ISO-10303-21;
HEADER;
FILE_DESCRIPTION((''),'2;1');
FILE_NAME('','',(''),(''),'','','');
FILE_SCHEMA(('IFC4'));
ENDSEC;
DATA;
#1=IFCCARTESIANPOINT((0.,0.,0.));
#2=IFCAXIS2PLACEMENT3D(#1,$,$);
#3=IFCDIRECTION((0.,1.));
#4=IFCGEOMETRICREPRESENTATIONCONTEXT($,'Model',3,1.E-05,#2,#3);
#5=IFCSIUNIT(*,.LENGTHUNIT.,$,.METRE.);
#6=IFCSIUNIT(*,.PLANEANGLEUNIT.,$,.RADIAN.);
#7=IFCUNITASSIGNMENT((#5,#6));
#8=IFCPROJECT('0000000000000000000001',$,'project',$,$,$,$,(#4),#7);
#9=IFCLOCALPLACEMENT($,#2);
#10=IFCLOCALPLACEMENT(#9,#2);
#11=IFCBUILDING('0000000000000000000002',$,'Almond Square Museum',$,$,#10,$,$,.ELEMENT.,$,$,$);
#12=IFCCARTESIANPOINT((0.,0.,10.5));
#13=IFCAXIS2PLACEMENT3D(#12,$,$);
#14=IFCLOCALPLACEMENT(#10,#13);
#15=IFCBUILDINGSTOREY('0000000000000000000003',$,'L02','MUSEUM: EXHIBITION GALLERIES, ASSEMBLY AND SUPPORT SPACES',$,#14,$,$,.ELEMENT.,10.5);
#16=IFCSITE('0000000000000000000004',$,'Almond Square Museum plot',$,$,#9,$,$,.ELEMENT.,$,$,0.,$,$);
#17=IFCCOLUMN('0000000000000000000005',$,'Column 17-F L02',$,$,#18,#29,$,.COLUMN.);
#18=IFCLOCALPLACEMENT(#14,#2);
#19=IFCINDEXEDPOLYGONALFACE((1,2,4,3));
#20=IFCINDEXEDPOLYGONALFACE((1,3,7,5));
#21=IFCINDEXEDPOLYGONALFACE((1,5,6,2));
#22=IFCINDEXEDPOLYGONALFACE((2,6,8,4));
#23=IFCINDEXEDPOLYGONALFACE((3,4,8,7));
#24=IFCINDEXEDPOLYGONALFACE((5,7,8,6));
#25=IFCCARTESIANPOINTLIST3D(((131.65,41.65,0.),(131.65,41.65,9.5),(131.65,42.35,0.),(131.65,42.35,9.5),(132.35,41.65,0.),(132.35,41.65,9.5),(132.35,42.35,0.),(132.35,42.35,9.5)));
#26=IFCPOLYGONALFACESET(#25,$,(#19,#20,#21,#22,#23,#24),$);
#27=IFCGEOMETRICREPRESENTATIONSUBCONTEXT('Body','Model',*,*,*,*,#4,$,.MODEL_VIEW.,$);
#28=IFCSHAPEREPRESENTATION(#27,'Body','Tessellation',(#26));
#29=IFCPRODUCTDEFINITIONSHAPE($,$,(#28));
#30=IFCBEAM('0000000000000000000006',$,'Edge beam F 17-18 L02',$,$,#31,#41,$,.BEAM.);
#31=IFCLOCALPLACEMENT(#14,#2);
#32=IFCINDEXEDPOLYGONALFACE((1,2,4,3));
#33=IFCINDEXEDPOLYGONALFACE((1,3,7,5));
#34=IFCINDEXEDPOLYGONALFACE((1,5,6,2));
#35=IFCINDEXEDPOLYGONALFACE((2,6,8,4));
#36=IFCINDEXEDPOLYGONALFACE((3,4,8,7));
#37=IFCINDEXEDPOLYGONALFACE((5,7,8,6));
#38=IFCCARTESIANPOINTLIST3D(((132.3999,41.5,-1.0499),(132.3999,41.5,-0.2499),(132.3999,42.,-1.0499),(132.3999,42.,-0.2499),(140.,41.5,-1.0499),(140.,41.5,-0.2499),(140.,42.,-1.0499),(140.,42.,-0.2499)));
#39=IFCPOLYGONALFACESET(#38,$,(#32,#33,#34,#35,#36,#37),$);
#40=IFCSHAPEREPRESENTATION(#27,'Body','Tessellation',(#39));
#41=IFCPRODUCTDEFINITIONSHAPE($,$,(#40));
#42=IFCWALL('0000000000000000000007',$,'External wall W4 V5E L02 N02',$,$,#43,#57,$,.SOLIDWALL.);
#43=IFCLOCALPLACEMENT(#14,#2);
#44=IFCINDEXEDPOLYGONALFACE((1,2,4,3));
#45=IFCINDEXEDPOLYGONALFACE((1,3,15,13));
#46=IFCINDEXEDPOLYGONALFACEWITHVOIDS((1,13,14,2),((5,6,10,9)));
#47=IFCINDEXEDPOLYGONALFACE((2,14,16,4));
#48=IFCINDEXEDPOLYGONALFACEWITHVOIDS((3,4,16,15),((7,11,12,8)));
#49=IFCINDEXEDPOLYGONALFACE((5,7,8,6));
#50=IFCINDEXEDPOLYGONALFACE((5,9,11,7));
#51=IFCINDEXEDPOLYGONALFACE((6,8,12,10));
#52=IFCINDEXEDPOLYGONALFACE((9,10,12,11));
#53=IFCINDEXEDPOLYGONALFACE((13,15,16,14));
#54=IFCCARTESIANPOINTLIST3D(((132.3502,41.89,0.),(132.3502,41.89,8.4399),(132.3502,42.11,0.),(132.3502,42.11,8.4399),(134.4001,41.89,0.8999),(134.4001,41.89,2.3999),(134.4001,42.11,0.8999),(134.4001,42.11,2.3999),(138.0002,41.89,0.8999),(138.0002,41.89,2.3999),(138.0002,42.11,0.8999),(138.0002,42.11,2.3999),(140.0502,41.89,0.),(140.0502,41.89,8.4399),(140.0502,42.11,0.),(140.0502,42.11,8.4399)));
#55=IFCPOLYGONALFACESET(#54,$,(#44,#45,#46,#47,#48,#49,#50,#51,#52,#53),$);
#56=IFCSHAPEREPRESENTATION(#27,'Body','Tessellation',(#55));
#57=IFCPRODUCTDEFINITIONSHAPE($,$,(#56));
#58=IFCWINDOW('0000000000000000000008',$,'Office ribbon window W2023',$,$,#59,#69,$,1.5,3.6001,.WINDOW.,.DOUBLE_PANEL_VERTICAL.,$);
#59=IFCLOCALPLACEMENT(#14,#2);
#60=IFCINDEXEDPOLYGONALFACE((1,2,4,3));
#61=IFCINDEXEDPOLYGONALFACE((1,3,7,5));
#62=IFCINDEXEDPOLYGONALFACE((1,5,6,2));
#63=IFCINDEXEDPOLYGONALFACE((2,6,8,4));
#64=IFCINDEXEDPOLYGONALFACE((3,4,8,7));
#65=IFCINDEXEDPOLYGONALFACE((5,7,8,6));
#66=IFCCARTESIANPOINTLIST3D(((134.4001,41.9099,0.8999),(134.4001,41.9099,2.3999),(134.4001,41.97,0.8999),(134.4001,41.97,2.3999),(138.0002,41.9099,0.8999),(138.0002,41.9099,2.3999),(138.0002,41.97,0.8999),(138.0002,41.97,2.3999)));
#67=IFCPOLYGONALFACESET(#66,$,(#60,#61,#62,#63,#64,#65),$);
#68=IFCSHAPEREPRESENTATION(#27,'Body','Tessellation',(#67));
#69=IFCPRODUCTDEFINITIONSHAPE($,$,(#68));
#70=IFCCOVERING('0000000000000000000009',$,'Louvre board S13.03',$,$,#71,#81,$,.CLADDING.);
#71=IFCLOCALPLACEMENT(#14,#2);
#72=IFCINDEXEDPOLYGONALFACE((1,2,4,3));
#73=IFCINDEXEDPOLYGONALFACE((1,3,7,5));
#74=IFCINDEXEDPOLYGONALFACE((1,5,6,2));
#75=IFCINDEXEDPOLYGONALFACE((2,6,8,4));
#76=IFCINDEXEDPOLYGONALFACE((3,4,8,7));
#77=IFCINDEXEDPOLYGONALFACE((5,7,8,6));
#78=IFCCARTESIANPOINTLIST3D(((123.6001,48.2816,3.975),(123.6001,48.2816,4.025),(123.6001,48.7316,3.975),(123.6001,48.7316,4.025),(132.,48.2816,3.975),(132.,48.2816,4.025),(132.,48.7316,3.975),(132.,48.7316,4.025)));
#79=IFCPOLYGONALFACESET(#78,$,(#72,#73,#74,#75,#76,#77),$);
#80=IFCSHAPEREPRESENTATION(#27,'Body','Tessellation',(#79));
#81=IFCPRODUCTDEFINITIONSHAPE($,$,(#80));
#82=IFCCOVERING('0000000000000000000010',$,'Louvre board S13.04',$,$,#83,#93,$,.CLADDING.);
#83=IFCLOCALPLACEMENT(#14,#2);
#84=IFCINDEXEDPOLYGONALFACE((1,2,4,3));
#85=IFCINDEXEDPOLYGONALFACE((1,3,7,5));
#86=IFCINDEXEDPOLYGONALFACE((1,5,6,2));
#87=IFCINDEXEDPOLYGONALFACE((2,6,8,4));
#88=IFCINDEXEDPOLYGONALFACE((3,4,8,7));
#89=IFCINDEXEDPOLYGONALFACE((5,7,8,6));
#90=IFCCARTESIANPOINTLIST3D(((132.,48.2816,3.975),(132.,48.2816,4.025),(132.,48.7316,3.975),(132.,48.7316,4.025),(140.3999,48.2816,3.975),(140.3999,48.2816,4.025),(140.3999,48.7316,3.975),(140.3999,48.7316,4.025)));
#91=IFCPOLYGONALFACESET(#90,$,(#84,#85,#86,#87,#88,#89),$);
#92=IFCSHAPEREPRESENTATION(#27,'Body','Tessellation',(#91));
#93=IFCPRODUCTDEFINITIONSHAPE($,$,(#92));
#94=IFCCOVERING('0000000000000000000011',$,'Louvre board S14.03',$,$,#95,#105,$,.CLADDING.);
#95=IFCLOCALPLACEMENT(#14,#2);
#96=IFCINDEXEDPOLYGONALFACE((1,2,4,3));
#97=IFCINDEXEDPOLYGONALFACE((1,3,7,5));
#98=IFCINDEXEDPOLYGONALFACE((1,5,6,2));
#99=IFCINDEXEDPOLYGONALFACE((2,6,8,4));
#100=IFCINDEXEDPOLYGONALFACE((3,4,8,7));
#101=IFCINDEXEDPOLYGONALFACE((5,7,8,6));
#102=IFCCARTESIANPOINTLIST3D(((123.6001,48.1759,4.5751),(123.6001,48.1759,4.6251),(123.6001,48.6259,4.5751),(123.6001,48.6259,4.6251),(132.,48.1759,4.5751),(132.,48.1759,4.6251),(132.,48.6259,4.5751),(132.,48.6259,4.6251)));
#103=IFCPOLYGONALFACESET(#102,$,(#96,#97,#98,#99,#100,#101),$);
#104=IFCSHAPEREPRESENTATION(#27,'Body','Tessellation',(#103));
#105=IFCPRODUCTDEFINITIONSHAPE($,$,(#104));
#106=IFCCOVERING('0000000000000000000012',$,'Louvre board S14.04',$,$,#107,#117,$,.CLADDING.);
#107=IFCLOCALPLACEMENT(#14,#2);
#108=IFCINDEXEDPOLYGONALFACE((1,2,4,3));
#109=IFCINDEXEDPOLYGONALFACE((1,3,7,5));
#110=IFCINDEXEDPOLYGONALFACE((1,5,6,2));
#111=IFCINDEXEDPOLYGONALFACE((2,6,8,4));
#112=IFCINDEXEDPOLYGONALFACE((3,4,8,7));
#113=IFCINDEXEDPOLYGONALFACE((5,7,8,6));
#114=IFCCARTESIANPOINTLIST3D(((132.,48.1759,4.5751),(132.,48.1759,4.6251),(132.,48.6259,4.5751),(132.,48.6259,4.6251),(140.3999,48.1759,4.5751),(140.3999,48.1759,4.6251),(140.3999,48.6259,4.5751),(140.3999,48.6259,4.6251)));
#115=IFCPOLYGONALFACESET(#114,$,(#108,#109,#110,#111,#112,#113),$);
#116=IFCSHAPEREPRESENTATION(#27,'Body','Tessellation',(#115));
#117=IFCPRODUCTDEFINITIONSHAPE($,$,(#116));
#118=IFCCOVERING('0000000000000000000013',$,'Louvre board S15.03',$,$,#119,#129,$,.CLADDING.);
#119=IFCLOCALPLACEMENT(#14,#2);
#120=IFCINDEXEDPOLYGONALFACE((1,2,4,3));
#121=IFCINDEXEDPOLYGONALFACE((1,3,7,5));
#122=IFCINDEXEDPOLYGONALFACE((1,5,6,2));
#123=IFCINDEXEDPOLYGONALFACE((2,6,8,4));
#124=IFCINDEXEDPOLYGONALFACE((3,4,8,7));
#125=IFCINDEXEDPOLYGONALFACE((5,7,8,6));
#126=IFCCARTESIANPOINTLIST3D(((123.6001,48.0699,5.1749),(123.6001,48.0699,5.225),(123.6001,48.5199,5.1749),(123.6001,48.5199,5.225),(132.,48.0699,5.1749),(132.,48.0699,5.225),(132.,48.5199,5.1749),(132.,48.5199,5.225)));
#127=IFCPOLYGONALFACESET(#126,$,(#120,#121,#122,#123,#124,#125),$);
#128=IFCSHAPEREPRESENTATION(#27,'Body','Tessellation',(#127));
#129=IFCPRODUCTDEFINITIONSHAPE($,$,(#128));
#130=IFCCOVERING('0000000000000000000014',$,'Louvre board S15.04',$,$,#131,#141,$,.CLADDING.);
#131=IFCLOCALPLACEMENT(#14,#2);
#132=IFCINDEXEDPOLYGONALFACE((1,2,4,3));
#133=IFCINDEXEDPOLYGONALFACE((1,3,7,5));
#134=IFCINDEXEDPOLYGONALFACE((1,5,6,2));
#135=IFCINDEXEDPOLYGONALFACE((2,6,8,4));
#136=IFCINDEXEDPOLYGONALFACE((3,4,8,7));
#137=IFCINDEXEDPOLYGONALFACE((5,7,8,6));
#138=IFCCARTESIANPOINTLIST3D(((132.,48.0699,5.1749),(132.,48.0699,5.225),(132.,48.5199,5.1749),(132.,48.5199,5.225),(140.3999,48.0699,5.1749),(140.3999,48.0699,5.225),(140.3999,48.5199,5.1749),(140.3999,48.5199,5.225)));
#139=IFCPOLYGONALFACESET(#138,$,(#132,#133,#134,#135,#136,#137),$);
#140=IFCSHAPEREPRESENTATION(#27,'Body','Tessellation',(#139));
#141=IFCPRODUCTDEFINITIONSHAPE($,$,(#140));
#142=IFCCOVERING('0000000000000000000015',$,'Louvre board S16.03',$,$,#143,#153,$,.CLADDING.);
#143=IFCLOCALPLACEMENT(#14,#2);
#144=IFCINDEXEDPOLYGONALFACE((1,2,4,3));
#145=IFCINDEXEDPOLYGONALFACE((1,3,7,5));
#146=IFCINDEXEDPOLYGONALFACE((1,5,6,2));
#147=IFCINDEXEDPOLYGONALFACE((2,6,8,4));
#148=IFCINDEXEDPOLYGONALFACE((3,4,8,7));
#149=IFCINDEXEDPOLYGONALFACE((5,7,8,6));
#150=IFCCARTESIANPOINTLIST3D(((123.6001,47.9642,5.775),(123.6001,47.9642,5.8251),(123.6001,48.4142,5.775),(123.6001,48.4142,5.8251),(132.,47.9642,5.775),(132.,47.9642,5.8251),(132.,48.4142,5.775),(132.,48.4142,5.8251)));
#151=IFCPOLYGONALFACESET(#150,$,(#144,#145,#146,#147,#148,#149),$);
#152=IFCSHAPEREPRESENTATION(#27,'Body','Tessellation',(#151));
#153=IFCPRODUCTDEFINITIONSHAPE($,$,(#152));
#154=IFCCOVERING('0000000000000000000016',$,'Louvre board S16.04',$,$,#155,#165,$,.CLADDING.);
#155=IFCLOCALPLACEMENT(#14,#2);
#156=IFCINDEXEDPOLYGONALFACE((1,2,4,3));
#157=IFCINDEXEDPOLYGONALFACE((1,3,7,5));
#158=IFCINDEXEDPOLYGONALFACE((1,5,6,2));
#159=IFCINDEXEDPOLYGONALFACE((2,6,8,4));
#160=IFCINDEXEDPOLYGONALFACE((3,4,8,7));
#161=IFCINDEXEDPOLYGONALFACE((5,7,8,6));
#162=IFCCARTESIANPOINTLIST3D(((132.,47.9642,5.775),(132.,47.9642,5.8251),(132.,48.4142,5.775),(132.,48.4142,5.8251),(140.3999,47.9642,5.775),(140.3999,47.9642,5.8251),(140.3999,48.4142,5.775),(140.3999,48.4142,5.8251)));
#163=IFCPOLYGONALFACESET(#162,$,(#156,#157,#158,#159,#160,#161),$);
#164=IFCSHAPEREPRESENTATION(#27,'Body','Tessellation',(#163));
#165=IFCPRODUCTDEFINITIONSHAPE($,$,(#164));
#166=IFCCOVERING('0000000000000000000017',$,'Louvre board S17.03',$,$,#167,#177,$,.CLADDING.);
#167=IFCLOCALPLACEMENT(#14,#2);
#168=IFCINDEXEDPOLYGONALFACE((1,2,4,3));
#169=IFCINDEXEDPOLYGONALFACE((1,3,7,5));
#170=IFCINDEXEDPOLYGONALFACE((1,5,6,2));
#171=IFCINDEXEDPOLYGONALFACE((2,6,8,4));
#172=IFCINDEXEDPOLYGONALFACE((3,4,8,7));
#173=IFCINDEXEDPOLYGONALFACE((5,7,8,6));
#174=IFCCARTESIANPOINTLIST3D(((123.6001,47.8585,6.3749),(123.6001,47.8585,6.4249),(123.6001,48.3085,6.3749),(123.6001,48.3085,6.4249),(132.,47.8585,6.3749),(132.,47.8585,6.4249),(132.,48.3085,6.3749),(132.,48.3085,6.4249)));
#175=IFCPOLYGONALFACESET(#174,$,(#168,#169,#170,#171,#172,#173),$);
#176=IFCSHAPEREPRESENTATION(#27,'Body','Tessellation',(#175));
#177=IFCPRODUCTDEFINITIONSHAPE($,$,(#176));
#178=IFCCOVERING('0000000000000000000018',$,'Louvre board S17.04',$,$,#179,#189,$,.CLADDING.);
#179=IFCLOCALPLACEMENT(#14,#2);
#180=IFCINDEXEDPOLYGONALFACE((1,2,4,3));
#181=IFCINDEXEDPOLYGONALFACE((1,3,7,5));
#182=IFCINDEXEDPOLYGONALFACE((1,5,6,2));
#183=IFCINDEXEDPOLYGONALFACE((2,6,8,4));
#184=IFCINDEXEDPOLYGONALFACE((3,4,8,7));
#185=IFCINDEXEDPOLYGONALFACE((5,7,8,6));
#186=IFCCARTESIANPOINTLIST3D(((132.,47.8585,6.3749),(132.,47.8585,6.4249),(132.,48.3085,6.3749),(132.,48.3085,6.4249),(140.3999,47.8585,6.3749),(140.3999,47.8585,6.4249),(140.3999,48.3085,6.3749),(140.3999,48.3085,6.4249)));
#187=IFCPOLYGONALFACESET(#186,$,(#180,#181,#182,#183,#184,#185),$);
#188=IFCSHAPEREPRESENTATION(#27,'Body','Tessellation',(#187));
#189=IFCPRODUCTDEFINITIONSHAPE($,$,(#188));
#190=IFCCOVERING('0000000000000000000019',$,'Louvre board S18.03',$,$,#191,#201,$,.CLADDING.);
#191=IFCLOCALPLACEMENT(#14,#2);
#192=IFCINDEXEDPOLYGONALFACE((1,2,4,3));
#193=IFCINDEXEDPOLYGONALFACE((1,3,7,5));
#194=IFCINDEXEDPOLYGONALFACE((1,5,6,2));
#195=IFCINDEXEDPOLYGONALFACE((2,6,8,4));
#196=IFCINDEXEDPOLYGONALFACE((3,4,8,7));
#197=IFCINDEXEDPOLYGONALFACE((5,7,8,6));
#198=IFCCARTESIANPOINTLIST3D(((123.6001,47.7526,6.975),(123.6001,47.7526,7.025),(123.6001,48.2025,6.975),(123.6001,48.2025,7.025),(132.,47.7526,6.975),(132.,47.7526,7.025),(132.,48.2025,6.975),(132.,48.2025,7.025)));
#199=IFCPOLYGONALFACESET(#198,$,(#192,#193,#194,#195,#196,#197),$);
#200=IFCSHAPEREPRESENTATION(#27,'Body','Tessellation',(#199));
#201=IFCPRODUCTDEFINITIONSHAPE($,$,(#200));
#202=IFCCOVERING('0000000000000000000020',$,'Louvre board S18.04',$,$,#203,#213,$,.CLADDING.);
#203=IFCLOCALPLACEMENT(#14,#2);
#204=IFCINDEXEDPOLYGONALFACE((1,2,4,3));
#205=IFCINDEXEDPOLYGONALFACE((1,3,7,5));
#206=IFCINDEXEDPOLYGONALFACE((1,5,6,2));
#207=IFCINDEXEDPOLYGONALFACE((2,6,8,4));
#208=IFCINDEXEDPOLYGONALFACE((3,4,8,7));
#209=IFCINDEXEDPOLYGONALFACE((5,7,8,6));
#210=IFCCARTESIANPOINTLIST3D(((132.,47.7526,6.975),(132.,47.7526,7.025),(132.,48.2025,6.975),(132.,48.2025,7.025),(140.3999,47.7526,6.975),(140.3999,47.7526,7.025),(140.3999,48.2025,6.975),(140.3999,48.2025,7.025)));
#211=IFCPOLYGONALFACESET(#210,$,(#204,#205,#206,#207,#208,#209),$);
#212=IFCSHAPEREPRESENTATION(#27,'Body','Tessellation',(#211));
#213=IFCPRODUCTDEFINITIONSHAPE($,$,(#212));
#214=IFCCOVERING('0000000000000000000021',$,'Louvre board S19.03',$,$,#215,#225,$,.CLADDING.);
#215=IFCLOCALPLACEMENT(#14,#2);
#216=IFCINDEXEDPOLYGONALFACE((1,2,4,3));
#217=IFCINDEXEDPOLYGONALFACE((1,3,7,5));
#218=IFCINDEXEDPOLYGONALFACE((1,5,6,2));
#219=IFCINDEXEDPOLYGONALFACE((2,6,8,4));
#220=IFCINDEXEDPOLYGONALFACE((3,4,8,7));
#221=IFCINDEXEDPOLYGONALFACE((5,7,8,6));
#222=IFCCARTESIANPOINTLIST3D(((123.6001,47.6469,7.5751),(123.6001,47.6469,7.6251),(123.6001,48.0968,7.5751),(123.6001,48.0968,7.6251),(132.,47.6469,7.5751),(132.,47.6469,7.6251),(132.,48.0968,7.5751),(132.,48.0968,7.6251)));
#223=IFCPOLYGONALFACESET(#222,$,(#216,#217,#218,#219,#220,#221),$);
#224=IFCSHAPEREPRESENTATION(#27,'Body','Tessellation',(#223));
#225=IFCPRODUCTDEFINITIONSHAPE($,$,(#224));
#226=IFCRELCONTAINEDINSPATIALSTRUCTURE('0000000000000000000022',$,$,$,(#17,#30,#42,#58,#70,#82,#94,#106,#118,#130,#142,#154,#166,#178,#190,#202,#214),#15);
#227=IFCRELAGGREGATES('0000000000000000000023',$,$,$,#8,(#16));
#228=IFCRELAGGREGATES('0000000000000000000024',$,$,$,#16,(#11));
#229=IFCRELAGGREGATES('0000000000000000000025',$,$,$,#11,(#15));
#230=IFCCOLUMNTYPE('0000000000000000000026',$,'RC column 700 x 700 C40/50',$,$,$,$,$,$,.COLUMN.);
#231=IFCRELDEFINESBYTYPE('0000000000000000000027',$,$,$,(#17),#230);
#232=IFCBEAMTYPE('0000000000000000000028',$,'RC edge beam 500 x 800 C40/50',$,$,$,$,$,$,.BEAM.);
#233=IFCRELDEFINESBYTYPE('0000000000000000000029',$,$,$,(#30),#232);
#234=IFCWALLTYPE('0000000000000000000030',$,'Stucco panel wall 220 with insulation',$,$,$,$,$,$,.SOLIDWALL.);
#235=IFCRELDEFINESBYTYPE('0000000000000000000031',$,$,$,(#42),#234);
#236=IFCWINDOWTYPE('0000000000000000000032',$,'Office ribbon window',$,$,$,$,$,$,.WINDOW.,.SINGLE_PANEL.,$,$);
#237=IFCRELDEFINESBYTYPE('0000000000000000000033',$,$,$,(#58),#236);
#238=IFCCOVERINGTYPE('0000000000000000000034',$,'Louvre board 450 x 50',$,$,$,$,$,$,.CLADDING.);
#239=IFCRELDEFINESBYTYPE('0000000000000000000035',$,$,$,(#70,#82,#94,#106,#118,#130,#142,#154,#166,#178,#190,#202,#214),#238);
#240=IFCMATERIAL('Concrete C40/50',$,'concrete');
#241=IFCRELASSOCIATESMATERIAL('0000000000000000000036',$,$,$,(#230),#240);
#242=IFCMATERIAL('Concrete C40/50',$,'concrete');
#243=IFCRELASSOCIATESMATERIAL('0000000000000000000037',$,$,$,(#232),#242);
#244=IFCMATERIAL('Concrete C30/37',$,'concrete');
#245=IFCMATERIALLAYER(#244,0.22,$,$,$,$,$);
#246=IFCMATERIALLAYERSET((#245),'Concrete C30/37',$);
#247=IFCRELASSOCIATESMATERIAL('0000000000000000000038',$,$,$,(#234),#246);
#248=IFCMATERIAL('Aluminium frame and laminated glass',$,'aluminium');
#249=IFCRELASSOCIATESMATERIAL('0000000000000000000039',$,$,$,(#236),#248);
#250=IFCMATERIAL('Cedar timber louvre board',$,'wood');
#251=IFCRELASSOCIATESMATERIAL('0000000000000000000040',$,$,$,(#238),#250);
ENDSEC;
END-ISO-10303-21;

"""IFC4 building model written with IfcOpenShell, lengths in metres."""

from ifc_helpers import new_model, si_unit, direction, frame, frame_2d, origin, origin_2d, place, context, subcontext, project, spatial, rectangle, extrude, material, layer, layer_set, material_profile, profile_set, type_object, element, fill, save


model = new_model("IFC4")

# Units and contexts
model_context = context("Model", 3, precision=1e-05, world=origin(), true_north=direction((0.0, 1.0)))
body_context = subcontext(model_context, "Body", "Model", "MODEL_VIEW")
ifc_project = project(units=[si_unit("LENGTHUNIT", "METRE"), si_unit("PLANEANGLEUNIT", "RADIAN")], contexts=[model_context])

# Site, building, storey
site_placement = place(None, origin())
site = spatial("IfcSite", under=ifc_project, at=site_placement, Name="Almond Square Museum plot", CompositionType="ELEMENT", RefElevation=0.0)
building_placement = place(site_placement, origin())
building = spatial("IfcBuilding", under=site, at=building_placement, Name="Almond Square Museum", CompositionType="ELEMENT")
storey_placement = place(building_placement, frame((0.0, 0.0, 10.5)))
storey = spatial("IfcBuildingStorey", under=building, at=storey_placement, Name="L02", Description="MUSEUM: EXHIBITION GALLERIES, ASSEMBLY AND SUPPORT SPACES", CompositionType="ELEMENT", Elevation=10.5)

# Column
ifc_material_1 = material(Name="Concrete C40/50", Category="concrete")
ifc_material_profile_1 = material_profile(ifc_material_1, rectangle(XDim=0.7, YDim=0.7, at=origin_2d()))
ifc_profile_set_1 = profile_set([ifc_material_profile_1], Name="Concrete C40/50")
column_type = type_object("IfcColumnType", Name="RC column 700 x 700 C40/50", PredefinedType="COLUMN", material=ifc_profile_set_1)
column_placement = place(storey_placement, frame((132.0, 42.0, 0.0), z_axis=(0.0, 0.0, 1.0), x_axis=(1.0, 0.0, 0.0)))
element("IfcColumn", 1, at=column_placement, inside=storey, type_object=column_type, Name="Column 17-F L02", PredefinedType="COLUMN", context=body_context, shape_type="SweptSolid", body=[
    extrude(rectangle(XDim=0.7, YDim=0.7, at=origin_2d()), origin(), (0.0, 0.0, 1.0), 9.5),
])

# Beam
ifc_material_2 = material(Name="Concrete C40/50", Category="concrete")
ifc_material_profile_2 = material_profile(ifc_material_2, rectangle(XDim=0.5, YDim=0.8, at=origin_2d()))
ifc_profile_set_2 = profile_set([ifc_material_profile_2], Name="Concrete C40/50")
beam_type = type_object("IfcBeamType", Name="RC edge beam 500 x 800 C40/50", PredefinedType="BEAM", material=ifc_profile_set_2)
beam_placement = place(storey_placement, frame((132.3999, 41.75, -0.6499), z_axis=(1.0, 0.0, 0.0), x_axis=(0.0, 1.0, 0.0)))
element("IfcBeam", 2, at=beam_placement, inside=storey, type_object=beam_type, Name="Edge beam F 17-18 L02", PredefinedType="BEAM", context=body_context, shape_type="SweptSolid", body=[
    extrude(rectangle(XDim=0.5, YDim=0.8, at=origin_2d()), origin(), (0.0, 0.0, 1.0), 7.6001),
])

# Wall, opening, window
ifc_material_3 = material(Name="Concrete C30/37", Category="concrete")
ifc_layer_1 = layer(ifc_material_3, 0.22)
ifc_layer_set_1 = layer_set([ifc_layer_1], Name="Concrete C30/37")
wall_type = type_object("IfcWallType", Name="Stucco panel wall 220 with insulation", PredefinedType="SOLIDWALL", material=ifc_layer_set_1)
wall_placement = place(storey_placement, frame((132.3501, 42.0, 0.0), z_axis=(0.0, 0.0, 1.0), x_axis=(1.0, 0.0, 0.0)))
wall = element("IfcWall", 3, at=wall_placement, inside=storey, type_object=wall_type, Name="External wall W4 V5E L02 N02", PredefinedType="SOLIDWALL", context=body_context, shape_type="SweptSolid", body=[
    extrude(rectangle(XDim=7.7, YDim=0.22, at=frame_2d((3.8501, 0.0))), origin(), (0.0, 0.0, 1.0), 8.4399),
])
opening_placement = place(wall_placement, frame((2.05, 0.0, 0.8999)))
opening = element("IfcOpeningElement", 4, at=opening_placement, cuts=wall, PredefinedType="OPENING", context=body_context, shape_type="SweptSolid", body=[
    extrude(rectangle(XDim=3.6001, YDim=1.5, at=frame_2d((1.8, 0.75))), frame((0.0, 0.1199, 0.0), z_axis=(0.0, -1.0, 0.0), x_axis=(1.0, 0.0, 0.0)), (0.0, 0.0, 1.0), 0.24),
])
ifc_material_4 = material(Name="Aluminium frame and laminated glass", Category="aluminium")
window_type = type_object("IfcWindowType", Name="Office ribbon window", PartitioningType="SINGLE_PANEL", PredefinedType="WINDOW", material=ifc_material_4)
window_placement = place(opening_placement, origin())
window = element("IfcWindow", 5, at=window_placement, inside=storey, type_object=window_type, Name="Office ribbon window W2023", OverallHeight=1.5, OverallWidth=3.6001, PartitioningType="DOUBLE_PANEL_VERTICAL", PredefinedType="WINDOW", context=body_context, shape_type="SweptSolid", body=[
    extrude(rectangle(XDim=3.6001, YDim=1.5, at=frame_2d((1.8, 0.75))), frame((0.0, -0.03, 0.0), z_axis=(0.0, -1.0, 0.0), x_axis=(1.0, 0.0, 0.0)), (0.0, 0.0, 1.0), 0.0601),
])
fill(opening, window)

# Coverings
ifc_material_5 = material(Name="Cedar timber louvre board", Category="wood")
ifc_material_profile_3 = material_profile(ifc_material_5, rectangle(XDim=0.45, YDim=0.05, at=origin_2d()))
ifc_profile_set_3 = profile_set([ifc_material_profile_3], Name="Cedar timber louvre board")
covering_type_1 = type_object("IfcCoveringType", Name="Louvre board 450 x 50", PredefinedType="CLADDING", material=ifc_profile_set_3)
for number, where, z_axis, x_axis, name in (
    (6, (123.6001, 48.5066, 4.0), (1.0, 0.0, 0.0), (0.0, 1.0, 0.0), "Louvre board S13.03"),
    (7, (132.0, 48.5066, 4.0), (1.0, 0.0, 0.0), (0.0, 1.0, 0.0), "Louvre board S13.04"),
    (8, (123.6001, 48.4009, 4.6001), (1.0, 0.0, 0.0), (0.0, 1.0, 0.0), "Louvre board S14.03"),
    (9, (132.0, 48.4009, 4.6001), (1.0, 0.0, 0.0), (0.0, 1.0, 0.0), "Louvre board S14.04"),
    (10, (123.6001, 48.2949, 5.2), (1.0, 0.0, 0.0), (0.0, 1.0, 0.0), "Louvre board S15.03"),
    (11, (132.0, 48.2949, 5.2), (1.0, 0.0, 0.0), (0.0, 1.0, 0.0), "Louvre board S15.04"),
    (12, (123.6001, 48.1892, 5.8), (1.0, 0.0, 0.0), (0.0, 1.0, 0.0), "Louvre board S16.03"),
    (13, (132.0, 48.1892, 5.8), (1.0, 0.0, 0.0), (0.0, 1.0, 0.0), "Louvre board S16.04"),
    (14, (123.6001, 48.0835, 6.3999), (1.0, 0.0, 0.0), (0.0, 1.0, 0.0), "Louvre board S17.03"),
    (15, (132.0, 48.0835, 6.3999), (1.0, 0.0, 0.0), (0.0, 1.0, 0.0), "Louvre board S17.04"),
    (16, (123.6001, 47.9775, 7.0), (1.0, 0.0, 0.0), (0.0, 1.0, 0.0), "Louvre board S18.03"),
    (17, (132.0, 47.9775, 7.0), (1.0, 0.0, 0.0), (0.0, 1.0, 0.0), "Louvre board S18.04"),
    (18, (123.6001, 47.8718, 7.6001), (1.0, 0.0, 0.0), (0.0, 1.0, 0.0), "Louvre board S19.03"),
):
    element("IfcCovering", number, at=place(storey_placement, frame(where, z_axis=z_axis, x_axis=x_axis)), inside=storey, type_object=covering_type_1, Name=name, PredefinedType="CLADDING", context=body_context, shape_type="SweptSolid", body=[
        extrude(rectangle(XDim=0.45, YDim=0.05, at=origin_2d()), origin(), (0.0, 0.0, 1.0), 8.3999),
    ])

save(model, "model.ifc")
